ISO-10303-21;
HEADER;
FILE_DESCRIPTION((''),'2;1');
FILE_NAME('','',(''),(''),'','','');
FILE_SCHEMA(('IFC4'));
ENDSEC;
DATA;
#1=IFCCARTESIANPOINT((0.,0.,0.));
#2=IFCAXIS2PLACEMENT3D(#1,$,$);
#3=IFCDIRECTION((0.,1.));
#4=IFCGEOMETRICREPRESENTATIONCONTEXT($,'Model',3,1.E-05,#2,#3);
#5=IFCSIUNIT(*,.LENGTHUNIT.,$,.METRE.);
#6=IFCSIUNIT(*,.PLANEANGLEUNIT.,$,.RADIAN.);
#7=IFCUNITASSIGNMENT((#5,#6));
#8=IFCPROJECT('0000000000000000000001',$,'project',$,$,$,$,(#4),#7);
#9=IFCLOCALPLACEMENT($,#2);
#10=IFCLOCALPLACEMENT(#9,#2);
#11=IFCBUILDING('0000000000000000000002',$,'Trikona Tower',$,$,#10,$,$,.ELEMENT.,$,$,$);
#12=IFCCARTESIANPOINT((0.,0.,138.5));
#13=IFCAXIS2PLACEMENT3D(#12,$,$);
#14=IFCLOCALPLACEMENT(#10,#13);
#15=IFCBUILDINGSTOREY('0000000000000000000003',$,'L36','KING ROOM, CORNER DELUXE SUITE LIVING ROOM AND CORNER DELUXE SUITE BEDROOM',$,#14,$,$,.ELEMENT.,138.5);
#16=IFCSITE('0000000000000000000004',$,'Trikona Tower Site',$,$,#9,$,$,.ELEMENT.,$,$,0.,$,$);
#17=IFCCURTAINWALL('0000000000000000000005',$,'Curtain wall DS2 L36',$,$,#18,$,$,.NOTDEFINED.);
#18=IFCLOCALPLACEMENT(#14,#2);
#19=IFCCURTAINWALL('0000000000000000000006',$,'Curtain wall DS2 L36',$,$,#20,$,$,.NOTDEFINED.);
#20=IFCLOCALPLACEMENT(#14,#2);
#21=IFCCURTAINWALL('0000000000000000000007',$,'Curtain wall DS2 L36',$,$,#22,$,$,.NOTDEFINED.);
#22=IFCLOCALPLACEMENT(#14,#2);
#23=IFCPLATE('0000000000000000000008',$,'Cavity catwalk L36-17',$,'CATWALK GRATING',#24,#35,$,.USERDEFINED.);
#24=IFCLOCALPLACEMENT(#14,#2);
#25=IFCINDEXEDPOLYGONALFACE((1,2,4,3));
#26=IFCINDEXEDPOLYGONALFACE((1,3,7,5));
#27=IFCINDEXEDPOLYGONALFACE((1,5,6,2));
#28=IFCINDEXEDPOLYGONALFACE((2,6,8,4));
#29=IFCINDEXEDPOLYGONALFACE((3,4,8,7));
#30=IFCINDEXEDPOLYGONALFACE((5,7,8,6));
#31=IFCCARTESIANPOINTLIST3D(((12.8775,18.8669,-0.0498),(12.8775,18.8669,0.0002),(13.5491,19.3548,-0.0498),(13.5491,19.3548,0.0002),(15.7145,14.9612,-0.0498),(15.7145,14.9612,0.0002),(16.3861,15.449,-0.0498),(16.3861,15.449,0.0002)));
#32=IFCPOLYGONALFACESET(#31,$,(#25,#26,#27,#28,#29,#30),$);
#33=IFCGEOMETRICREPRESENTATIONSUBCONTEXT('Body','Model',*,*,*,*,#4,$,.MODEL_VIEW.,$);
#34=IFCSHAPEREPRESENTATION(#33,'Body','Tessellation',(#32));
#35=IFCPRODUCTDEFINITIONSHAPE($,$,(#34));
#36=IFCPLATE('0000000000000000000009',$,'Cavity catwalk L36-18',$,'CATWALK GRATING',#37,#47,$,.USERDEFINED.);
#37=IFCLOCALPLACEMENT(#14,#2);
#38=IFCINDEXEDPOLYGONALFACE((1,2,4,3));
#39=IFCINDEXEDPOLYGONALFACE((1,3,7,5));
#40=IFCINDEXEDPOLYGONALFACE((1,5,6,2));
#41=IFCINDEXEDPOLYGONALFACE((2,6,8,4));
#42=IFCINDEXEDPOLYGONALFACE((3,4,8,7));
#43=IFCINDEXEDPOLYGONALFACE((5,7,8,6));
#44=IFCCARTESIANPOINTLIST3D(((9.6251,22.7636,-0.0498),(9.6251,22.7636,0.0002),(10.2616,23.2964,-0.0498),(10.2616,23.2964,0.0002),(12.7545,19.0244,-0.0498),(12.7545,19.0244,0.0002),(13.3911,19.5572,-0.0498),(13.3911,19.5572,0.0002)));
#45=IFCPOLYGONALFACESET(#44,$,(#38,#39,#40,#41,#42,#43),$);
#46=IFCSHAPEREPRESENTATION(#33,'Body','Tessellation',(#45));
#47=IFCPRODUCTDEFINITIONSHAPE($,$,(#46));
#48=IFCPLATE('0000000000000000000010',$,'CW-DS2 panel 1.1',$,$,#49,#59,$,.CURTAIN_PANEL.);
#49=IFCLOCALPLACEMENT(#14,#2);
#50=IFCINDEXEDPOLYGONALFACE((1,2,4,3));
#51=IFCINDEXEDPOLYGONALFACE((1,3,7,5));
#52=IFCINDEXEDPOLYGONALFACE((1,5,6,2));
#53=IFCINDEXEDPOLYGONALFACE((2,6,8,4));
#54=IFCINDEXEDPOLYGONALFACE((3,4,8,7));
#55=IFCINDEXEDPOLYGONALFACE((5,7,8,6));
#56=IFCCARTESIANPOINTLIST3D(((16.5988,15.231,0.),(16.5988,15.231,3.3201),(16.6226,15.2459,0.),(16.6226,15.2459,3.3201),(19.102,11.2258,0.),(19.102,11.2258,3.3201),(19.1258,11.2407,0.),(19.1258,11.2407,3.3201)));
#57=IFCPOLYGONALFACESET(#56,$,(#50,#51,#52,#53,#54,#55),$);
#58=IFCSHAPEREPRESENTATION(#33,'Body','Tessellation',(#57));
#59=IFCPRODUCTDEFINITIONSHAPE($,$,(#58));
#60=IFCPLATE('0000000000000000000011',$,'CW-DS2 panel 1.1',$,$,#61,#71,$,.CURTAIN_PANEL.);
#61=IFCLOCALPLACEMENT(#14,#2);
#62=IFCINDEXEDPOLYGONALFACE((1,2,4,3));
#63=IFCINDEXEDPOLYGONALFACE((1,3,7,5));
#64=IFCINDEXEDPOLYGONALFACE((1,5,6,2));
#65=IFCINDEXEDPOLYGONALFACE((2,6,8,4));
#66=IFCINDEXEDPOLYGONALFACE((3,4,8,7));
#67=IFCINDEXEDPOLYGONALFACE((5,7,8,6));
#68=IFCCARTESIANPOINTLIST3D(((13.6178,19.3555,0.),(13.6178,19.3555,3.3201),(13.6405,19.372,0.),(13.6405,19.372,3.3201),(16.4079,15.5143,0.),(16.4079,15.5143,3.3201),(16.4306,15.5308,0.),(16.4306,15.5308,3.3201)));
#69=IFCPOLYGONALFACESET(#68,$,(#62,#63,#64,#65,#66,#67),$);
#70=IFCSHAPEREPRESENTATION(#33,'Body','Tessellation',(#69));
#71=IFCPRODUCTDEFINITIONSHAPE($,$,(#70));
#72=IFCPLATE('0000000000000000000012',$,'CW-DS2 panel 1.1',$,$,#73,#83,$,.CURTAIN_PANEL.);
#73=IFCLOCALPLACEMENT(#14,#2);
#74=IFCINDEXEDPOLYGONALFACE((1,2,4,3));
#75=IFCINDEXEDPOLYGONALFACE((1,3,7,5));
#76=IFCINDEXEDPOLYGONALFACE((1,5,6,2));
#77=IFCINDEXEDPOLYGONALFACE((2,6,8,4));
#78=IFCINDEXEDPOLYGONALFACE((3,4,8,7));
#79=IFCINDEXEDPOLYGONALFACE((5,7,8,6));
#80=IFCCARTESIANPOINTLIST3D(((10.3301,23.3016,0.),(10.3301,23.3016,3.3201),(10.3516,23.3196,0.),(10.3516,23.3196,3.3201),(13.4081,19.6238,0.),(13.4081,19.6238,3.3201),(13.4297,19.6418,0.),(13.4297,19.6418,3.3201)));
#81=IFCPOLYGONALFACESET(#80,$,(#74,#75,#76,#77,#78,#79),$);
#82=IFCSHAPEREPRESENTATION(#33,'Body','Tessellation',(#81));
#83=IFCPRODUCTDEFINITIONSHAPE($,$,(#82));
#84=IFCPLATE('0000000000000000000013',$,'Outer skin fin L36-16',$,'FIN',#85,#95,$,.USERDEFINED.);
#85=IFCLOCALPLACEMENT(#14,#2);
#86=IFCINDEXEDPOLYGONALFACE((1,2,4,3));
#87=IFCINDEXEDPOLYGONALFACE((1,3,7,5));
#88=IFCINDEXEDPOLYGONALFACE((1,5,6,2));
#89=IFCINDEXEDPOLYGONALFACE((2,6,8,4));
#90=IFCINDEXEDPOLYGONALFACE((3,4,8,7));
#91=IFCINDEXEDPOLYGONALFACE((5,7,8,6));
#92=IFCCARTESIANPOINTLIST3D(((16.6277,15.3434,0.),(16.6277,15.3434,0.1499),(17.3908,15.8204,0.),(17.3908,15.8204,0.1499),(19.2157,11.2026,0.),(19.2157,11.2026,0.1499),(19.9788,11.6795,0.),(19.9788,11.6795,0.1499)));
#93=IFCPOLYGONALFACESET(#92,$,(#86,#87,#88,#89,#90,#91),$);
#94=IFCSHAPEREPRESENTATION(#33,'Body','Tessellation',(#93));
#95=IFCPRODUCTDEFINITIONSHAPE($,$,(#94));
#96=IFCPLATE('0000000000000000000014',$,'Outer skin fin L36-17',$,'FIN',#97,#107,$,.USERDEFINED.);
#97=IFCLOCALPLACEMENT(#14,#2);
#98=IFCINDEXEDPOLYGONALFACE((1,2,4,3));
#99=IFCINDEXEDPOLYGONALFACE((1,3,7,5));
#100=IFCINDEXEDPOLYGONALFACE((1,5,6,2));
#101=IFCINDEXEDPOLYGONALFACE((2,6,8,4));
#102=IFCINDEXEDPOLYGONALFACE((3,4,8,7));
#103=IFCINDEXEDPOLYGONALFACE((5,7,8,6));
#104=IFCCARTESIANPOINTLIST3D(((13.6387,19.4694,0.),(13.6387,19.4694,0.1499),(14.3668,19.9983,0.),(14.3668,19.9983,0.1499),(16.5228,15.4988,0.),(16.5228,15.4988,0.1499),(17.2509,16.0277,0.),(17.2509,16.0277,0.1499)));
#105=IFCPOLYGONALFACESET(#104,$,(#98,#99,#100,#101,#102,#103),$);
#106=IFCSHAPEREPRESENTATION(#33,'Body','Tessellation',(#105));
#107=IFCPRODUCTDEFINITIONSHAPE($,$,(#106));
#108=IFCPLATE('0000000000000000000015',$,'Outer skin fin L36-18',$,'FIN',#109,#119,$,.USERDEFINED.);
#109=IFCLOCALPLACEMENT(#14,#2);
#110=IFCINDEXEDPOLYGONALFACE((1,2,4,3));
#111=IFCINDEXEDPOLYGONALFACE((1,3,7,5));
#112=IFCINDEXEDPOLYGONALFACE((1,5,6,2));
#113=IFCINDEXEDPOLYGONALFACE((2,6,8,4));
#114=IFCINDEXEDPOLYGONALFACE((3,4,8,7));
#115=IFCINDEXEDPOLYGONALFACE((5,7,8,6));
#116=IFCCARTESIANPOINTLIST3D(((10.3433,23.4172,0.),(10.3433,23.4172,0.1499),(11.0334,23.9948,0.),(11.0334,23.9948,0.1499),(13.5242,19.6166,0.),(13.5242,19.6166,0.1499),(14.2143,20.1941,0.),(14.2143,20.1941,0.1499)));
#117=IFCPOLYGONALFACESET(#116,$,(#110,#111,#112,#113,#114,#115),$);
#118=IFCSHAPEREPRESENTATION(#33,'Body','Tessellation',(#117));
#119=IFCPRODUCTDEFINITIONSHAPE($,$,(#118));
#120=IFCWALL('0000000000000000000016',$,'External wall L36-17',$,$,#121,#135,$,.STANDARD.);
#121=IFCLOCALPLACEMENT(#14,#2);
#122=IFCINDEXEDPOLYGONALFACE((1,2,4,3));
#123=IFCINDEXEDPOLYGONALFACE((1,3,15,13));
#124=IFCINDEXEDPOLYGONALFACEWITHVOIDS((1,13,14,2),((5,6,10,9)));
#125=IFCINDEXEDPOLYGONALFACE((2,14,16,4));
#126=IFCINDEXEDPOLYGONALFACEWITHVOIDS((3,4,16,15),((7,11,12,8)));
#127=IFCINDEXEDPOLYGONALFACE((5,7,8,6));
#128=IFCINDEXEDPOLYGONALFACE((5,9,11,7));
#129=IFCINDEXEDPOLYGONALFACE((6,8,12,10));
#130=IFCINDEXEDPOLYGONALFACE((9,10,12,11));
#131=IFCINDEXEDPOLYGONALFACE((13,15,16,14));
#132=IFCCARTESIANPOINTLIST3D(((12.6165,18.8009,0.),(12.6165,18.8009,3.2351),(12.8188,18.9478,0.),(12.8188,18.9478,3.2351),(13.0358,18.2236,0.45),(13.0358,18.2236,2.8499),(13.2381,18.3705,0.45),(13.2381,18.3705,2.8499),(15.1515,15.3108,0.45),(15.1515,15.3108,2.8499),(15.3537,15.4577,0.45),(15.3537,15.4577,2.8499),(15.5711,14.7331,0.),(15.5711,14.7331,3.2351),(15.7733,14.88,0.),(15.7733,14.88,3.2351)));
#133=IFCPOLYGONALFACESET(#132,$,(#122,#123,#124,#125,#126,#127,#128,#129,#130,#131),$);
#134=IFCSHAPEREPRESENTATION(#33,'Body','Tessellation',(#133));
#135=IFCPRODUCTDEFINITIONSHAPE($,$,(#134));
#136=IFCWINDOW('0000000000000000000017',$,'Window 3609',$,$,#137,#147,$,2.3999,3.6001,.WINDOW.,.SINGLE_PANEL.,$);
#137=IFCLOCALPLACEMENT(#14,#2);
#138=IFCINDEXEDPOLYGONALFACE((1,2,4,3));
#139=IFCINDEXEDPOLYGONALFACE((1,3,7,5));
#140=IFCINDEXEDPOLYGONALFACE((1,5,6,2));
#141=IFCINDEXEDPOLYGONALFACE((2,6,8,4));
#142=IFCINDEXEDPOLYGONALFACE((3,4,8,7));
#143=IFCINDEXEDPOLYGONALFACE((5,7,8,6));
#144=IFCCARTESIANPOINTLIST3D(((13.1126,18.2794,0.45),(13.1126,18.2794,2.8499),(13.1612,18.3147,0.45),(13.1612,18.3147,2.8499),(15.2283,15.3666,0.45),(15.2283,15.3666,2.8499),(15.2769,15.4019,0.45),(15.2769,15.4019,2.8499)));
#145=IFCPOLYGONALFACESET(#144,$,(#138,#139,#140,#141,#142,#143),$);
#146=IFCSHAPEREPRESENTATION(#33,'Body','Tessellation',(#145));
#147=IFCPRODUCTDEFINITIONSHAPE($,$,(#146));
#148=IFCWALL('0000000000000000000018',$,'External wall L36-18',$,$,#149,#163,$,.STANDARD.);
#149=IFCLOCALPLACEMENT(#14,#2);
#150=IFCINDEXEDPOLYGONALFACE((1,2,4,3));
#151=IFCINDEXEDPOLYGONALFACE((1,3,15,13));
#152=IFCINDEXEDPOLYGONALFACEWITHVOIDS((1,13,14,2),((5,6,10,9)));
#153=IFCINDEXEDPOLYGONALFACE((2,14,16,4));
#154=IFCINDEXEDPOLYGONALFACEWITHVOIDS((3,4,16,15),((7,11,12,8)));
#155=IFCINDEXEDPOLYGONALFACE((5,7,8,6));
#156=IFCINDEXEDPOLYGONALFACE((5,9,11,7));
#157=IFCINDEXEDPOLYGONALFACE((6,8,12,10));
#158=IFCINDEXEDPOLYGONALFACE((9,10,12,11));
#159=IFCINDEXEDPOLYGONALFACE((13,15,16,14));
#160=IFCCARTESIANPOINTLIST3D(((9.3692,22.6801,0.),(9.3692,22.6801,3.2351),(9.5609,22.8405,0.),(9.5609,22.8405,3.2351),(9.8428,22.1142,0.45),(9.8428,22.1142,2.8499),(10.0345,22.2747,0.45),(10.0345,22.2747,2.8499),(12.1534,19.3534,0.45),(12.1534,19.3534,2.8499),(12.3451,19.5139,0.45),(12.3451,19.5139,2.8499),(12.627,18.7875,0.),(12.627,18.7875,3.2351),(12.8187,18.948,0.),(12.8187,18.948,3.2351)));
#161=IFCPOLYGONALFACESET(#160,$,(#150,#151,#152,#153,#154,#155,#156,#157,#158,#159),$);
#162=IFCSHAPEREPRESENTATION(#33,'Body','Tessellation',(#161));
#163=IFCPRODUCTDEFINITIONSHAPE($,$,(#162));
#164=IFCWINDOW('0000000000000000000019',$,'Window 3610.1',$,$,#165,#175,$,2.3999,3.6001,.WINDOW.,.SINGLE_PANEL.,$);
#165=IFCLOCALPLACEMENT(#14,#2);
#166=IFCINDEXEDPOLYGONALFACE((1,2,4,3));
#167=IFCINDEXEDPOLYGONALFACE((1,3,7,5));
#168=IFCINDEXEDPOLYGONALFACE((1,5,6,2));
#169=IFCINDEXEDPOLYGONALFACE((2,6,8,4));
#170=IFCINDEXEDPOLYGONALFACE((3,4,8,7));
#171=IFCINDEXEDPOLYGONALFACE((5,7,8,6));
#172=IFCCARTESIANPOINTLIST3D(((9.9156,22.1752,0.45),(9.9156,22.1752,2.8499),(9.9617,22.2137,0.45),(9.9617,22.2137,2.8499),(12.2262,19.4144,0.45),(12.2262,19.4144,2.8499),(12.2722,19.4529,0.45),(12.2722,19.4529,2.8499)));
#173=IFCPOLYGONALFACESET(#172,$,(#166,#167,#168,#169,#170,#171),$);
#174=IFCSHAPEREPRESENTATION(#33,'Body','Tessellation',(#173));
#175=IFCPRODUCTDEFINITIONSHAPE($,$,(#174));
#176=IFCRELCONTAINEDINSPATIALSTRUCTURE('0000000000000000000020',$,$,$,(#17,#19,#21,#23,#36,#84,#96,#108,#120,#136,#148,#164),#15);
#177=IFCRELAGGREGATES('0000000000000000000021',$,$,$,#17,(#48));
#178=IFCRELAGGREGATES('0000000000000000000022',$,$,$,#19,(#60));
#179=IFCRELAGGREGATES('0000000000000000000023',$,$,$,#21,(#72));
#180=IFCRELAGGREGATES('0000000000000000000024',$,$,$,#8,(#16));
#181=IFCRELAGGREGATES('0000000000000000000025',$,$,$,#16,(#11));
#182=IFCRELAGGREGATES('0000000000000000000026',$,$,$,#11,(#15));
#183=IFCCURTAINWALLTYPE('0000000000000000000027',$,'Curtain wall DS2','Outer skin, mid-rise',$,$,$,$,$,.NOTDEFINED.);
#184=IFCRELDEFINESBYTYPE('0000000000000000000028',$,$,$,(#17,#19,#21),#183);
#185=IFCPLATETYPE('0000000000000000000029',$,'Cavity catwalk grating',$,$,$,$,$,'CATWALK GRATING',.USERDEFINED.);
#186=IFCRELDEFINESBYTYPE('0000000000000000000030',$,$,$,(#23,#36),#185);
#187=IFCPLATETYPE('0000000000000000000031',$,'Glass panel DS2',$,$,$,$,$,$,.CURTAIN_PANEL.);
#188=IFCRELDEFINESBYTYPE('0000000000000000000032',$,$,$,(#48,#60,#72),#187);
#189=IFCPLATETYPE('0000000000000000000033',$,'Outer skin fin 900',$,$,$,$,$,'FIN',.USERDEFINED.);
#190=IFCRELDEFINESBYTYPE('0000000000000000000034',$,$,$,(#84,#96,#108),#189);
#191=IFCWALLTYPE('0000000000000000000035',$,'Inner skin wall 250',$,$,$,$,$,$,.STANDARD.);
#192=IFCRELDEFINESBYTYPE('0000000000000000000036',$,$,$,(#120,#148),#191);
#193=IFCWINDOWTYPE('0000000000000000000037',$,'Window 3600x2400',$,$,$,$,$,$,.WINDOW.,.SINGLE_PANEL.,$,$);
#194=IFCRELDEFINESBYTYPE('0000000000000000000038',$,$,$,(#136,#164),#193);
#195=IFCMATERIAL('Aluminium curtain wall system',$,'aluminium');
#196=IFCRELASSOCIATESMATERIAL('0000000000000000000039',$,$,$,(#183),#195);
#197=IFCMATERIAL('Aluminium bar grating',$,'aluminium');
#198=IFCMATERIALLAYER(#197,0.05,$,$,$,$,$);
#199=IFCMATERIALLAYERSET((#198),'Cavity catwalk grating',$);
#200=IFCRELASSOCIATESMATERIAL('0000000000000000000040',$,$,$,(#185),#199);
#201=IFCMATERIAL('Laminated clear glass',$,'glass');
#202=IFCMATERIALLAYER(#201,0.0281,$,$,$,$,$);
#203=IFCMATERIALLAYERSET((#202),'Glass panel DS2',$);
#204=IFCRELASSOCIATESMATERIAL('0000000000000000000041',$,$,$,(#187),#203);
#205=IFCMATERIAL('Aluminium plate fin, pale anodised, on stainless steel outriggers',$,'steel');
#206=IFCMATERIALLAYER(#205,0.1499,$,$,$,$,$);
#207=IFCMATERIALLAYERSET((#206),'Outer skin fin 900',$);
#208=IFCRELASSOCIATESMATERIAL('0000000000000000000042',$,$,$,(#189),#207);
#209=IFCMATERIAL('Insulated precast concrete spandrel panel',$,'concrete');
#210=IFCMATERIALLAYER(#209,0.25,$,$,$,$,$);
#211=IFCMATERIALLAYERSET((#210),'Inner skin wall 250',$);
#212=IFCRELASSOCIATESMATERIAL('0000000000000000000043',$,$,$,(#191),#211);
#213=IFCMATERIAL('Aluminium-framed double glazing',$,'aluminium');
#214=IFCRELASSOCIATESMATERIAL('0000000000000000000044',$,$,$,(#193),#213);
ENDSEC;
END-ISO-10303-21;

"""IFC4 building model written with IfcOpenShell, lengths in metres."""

from ifc_helpers import new_model, si_unit, direction, frame, frame_2d, origin, origin_2d, place, context, subcontext, project, spatial, rectangle, extrude, material, layer, layer_set, type_object, element, fill, aggregate, save


model = new_model("IFC4")

# Units and contexts
model_context = context("Model", 3, precision=1e-05, world=origin(), true_north=direction((0.0, 1.0)))
body_context = subcontext(model_context, "Body", "Model", "MODEL_VIEW")
ifc_project = project(units=[si_unit("LENGTHUNIT", "METRE"), si_unit("PLANEANGLEUNIT", "RADIAN")], contexts=[model_context])

# Site, building, storey
site_placement = place(None, origin())
site = spatial("IfcSite", under=ifc_project, at=site_placement, Name="Trikona Tower Site", CompositionType="ELEMENT", RefElevation=0.0)
building_placement = place(site_placement, origin())
building = spatial("IfcBuilding", under=site, at=building_placement, Name="Trikona Tower", CompositionType="ELEMENT")
storey_placement = place(building_placement, frame((0.0, 0.0, 138.5)))
storey = spatial("IfcBuildingStorey", under=building, at=storey_placement, Name="L36", Description="KING ROOM, CORNER DELUXE SUITE LIVING ROOM AND CORNER DELUXE SUITE BEDROOM", CompositionType="ELEMENT", Elevation=138.5)

# Curtain walls
ifc_material_1 = material(Name="Aluminium curtain wall system", Category="aluminium")
curtain_wall_type = type_object("IfcCurtainWallType", Name="Curtain wall DS2", Description="Outer skin, mid-rise", PredefinedType="NOTDEFINED", material=ifc_material_1)
curtain_wall_1_placement = place(storey_placement, origin())
curtain_wall_1 = element("IfcCurtainWall", 1, at=curtain_wall_1_placement, inside=storey, type_object=curtain_wall_type, Name="Curtain wall DS2 L36", PredefinedType="NOTDEFINED")
curtain_wall_2_placement = place(storey_placement, origin())
curtain_wall_2 = element("IfcCurtainWall", 2, at=curtain_wall_2_placement, inside=storey, type_object=curtain_wall_type, Name="Curtain wall DS2 L36", PredefinedType="NOTDEFINED")
curtain_wall_3_placement = place(storey_placement, origin())
curtain_wall_3 = element("IfcCurtainWall", 3, at=curtain_wall_3_placement, inside=storey, type_object=curtain_wall_type, Name="Curtain wall DS2 L36", PredefinedType="NOTDEFINED")

# Plates
ifc_material_2 = material(Name="Aluminium bar grating", Category="aluminium")
ifc_layer_1 = layer(ifc_material_2, 0.05)
ifc_layer_set_1 = layer_set([ifc_layer_1], Name="Cavity catwalk grating")
plate_type_1 = type_object("IfcPlateType", Name="Cavity catwalk grating", ElementType="CATWALK GRATING", PredefinedType="USERDEFINED", material=ifc_layer_set_1)
plate_1_placement = place(storey_placement, frame((14.6318, 17.158, -0.0498), z_axis=(0.0, 0.0, 1.0), x_axis=(-0.587686, 0.809089, 0.0)))
element("IfcPlate", 4, at=plate_1_placement, inside=storey, type_object=plate_type_1, Name="Cavity catwalk L36-17", ObjectType="CATWALK GRATING", PredefinedType="USERDEFINED", context=body_context, shape_type="SweptSolid", body=[
    extrude(rectangle(XDim=4.8274, YDim=0.8301, at=origin_2d()), origin(), (0.0, 0.0, 1.0), 0.05),
])
plate_2_placement = place(storey_placement, frame((11.5081, 21.1604, -0.0498), z_axis=(0.0, 0.0, 1.0), x_axis=(-0.641807, 0.766866, 0.0)))
element("IfcPlate", 5, at=plate_2_placement, inside=storey, type_object=plate_type_1, Name="Cavity catwalk L36-18", ObjectType="CATWALK GRATING", PredefinedType="USERDEFINED", context=body_context, shape_type="SweptSolid", body=[
    extrude(rectangle(XDim=4.876, YDim=0.8301, at=origin_2d()), origin(), (0.0, 0.0, 1.0), 0.05),
])

# Plates
ifc_material_3 = material(Name="Laminated clear glass", Category="glass")
ifc_layer_2 = layer(ifc_material_3, 0.0281)
ifc_layer_set_2 = layer_set([ifc_layer_2], Name="Glass panel DS2")
plate_type_2 = type_object("IfcPlateType", Name="Glass panel DS2", PredefinedType="CURTAIN_PANEL", material=ifc_layer_set_2)
plate_3_placement = place(storey_placement, frame((17.8623, 13.2358, 0.0), z_axis=(0.0, 0.0, 1.0), x_axis=(-0.529999, 0.847998, 0.0)))
plate_3 = element("IfcPlate", 6, at=plate_3_placement, type_object=plate_type_2, Name="CW-DS2 panel 1.1", PredefinedType="CURTAIN_PANEL", context=body_context, shape_type="SweptSolid", body=[
    extrude(rectangle(XDim=4.7231, YDim=0.0281, at=origin_2d()), origin(), (0.0, 0.0, 1.0), 3.3201),
])
aggregate(curtain_wall_1, [plate_3])
plate_4_placement = place(storey_placement, frame((15.0242, 17.4431, 0.0), z_axis=(0.0, 0.0, 1.0), x_axis=(-0.587691, 0.809086, 0.0)))
plate_4 = element("IfcPlate", 7, at=plate_4_placement, type_object=plate_type_2, Name="CW-DS2 panel 1.1", PredefinedType="CURTAIN_PANEL", context=body_context, shape_type="SweptSolid", body=[
    extrude(rectangle(XDim=4.7476, YDim=0.0281, at=origin_2d()), origin(), (0.0, 0.0, 1.0), 3.3201),
])
aggregate(curtain_wall_2, [plate_4])
plate_5_placement = place(storey_placement, frame((11.8799, 21.4717, 0.0), z_axis=(0.0, 0.0, 1.0), x_axis=(-0.641806, 0.766867, 0.0)))
plate_5 = element("IfcPlate", 8, at=plate_5_placement, type_object=plate_type_2, Name="CW-DS2 panel 1.1", PredefinedType="CURTAIN_PANEL", context=body_context, shape_type="SweptSolid", body=[
    extrude(rectangle(XDim=4.7959, YDim=0.0281, at=origin_2d()), origin(), (0.0, 0.0, 1.0), 3.3201),
])
aggregate(curtain_wall_3, [plate_5])

# Plates
ifc_material_4 = material(Name="Aluminium plate fin, pale anodised, on stainless steel outriggers", Category="steel")
ifc_layer_3 = layer(ifc_material_4, 0.1499)
ifc_layer_set_3 = layer_set([ifc_layer_3], Name="Outer skin fin 900")
plate_type_3 = type_object("IfcPlateType", Name="Outer skin fin 900", ElementType="FIN", PredefinedType="USERDEFINED", material=ifc_layer_set_3)
plate_6_placement = place(storey_placement, frame((18.3032, 13.5115, 0.0), z_axis=(0.0, 0.0, 1.0), x_axis=(-0.529995, 0.848001, 0.0)))
element("IfcPlate", 9, at=plate_6_placement, inside=storey, type_object=plate_type_3, Name="Outer skin fin L36-16", ObjectType="FIN", PredefinedType="USERDEFINED", context=body_context, shape_type="SweptSolid", body=[
    extrude(rectangle(XDim=4.8831, YDim=0.8999, at=origin_2d()), origin(), (0.0, 0.0, 1.0), 0.1499),
])
plate_7_placement = place(storey_placement, frame((15.4448, 17.7485, 0.0), z_axis=(0.0, 0.0, 1.0), x_axis=(-0.587686, 0.809089, 0.0)))
element("IfcPlate", 10, at=plate_7_placement, inside=storey, type_object=plate_type_3, Name="Outer skin fin L36-17", ObjectType="FIN", PredefinedType="USERDEFINED", context=body_context, shape_type="SweptSolid", body=[
    extrude(rectangle(XDim=4.9075, YDim=0.8999, at=origin_2d()), origin(), (0.0, 0.0, 1.0), 0.1499),
])
plate_8_placement = place(storey_placement, frame((12.2788, 21.8057, 0.0), z_axis=(0.0, 0.0, 1.0), x_axis=(-0.641807, 0.766866, 0.0)))
element("IfcPlate", 11, at=plate_8_placement, inside=storey, type_object=plate_type_3, Name="Outer skin fin L36-18", ObjectType="FIN", PredefinedType="USERDEFINED", context=body_context, shape_type="SweptSolid", body=[
    extrude(rectangle(XDim=4.9561, YDim=0.8999, at=origin_2d()), origin(), (0.0, 0.0, 1.0), 0.1499),
])

# Walls, openings, windows
ifc_material_5 = material(Name="Insulated precast concrete spandrel panel", Category="concrete")
ifc_layer_4 = layer(ifc_material_5, 0.25)
ifc_layer_set_4 = layer_set([ifc_layer_4], Name="Inner skin wall 250")
wall_type = type_object("IfcWallType", Name="Inner skin wall 250", PredefinedType="STANDARD", material=ifc_layer_set_4)
wall_1_placement = place(storey_placement, frame((15.6721, 14.8066, 0.0), z_axis=(0.0, 0.0, 1.0), x_axis=(-0.587669, 0.809101, 0.0)))
wall_1 = element("IfcWall", 12, at=wall_1_placement, inside=storey, type_object=wall_type, Name="External wall L36-17", PredefinedType="STANDARD", context=body_context, shape_type="SweptSolid", body=[
    extrude(rectangle(XDim=5.0276, YDim=0.25, at=frame_2d((2.5137, 0.0))), origin(), (0.0, 0.0, 1.0), 3.2351),
])
opening_1_placement = place(wall_1_placement, frame((0.7139, 0.0, 0.45)))
opening_1 = element("IfcOpeningElement", 13, at=opening_1_placement, cuts=wall_1, PredefinedType="OPENING", context=body_context, shape_type="SweptSolid", body=[
    extrude(rectangle(XDim=3.6001, YDim=2.3999, at=frame_2d((1.8, 1.2))), frame((0.0, 0.135, 0.0), z_axis=(0.0, -1.0, 0.0), x_axis=(1.0, 0.0, 0.0)), (0.0, 0.0, 1.0), 0.27),
])
ifc_material_6 = material(Name="Aluminium-framed double glazing", Category="aluminium")
window_type = type_object("IfcWindowType", Name="Window 3600x2400", PartitioningType="SINGLE_PANEL", PredefinedType="WINDOW", material=ifc_material_6)
window_1_placement = place(opening_1_placement, origin())
window_1 = element("IfcWindow", 14, at=window_1_placement, inside=storey, type_object=window_type, Name="Window 3609", OverallHeight=2.3999, OverallWidth=3.6001, PartitioningType="SINGLE_PANEL", PredefinedType="WINDOW", context=body_context, shape_type="SweptSolid", body=[
    extrude(rectangle(XDim=3.6001, YDim=2.3999, at=frame_2d((1.8, 1.2))), frame((0.0, 0.03, 0.0), z_axis=(0.0, -1.0, 0.0), x_axis=(1.0, 0.0, 0.0)), (0.0, 0.0, 1.0), 0.0601),
])
fill(opening_1, window_1)
wall_2_placement = place(storey_placement, frame((12.7229, 18.8677, 0.0), z_axis=(0.0, 0.0, 1.0), x_axis=(-0.64181, 0.766863, 0.0)))
wall_2 = element("IfcWall", 15, at=wall_2_placement, inside=storey, type_object=wall_type, Name="External wall L36-18", PredefinedType="STANDARD", context=body_context, shape_type="SweptSolid", body=[
    extrude(rectangle(XDim=5.0759, YDim=0.25, at=frame_2d((2.5381, 0.0))), origin(), (0.0, 0.0, 1.0), 3.2351),
])
opening_2_placement = place(wall_2_placement, frame((0.738, 0.0, 0.45)))
opening_2 = element("IfcOpeningElement", 16, at=opening_2_placement, cuts=wall_2, PredefinedType="OPENING", context=body_context, shape_type="SweptSolid", body=[
    extrude(rectangle(XDim=3.6001, YDim=2.3999, at=frame_2d((1.8, 1.2))), frame((0.0, 0.135, 0.0), z_axis=(0.0, -1.0, 0.0), x_axis=(1.0, 0.0, 0.0)), (0.0, 0.0, 1.0), 0.27),
])
window_2_placement = place(opening_2_placement, origin())
window_2 = element("IfcWindow", 17, at=window_2_placement, inside=storey, type_object=window_type, Name="Window 3610.1", OverallHeight=2.3999, OverallWidth=3.6001, PartitioningType="SINGLE_PANEL", PredefinedType="WINDOW", context=body_context, shape_type="SweptSolid", body=[
    extrude(rectangle(XDim=3.6001, YDim=2.3999, at=frame_2d((1.8, 1.2))), frame((0.0, 0.03, 0.0), z_axis=(0.0, -1.0, 0.0), x_axis=(1.0, 0.0, 0.0)), (0.0, 0.0, 1.0), 0.0601),
])
fill(opening_2, window_2)

save(model, "model.ifc")
